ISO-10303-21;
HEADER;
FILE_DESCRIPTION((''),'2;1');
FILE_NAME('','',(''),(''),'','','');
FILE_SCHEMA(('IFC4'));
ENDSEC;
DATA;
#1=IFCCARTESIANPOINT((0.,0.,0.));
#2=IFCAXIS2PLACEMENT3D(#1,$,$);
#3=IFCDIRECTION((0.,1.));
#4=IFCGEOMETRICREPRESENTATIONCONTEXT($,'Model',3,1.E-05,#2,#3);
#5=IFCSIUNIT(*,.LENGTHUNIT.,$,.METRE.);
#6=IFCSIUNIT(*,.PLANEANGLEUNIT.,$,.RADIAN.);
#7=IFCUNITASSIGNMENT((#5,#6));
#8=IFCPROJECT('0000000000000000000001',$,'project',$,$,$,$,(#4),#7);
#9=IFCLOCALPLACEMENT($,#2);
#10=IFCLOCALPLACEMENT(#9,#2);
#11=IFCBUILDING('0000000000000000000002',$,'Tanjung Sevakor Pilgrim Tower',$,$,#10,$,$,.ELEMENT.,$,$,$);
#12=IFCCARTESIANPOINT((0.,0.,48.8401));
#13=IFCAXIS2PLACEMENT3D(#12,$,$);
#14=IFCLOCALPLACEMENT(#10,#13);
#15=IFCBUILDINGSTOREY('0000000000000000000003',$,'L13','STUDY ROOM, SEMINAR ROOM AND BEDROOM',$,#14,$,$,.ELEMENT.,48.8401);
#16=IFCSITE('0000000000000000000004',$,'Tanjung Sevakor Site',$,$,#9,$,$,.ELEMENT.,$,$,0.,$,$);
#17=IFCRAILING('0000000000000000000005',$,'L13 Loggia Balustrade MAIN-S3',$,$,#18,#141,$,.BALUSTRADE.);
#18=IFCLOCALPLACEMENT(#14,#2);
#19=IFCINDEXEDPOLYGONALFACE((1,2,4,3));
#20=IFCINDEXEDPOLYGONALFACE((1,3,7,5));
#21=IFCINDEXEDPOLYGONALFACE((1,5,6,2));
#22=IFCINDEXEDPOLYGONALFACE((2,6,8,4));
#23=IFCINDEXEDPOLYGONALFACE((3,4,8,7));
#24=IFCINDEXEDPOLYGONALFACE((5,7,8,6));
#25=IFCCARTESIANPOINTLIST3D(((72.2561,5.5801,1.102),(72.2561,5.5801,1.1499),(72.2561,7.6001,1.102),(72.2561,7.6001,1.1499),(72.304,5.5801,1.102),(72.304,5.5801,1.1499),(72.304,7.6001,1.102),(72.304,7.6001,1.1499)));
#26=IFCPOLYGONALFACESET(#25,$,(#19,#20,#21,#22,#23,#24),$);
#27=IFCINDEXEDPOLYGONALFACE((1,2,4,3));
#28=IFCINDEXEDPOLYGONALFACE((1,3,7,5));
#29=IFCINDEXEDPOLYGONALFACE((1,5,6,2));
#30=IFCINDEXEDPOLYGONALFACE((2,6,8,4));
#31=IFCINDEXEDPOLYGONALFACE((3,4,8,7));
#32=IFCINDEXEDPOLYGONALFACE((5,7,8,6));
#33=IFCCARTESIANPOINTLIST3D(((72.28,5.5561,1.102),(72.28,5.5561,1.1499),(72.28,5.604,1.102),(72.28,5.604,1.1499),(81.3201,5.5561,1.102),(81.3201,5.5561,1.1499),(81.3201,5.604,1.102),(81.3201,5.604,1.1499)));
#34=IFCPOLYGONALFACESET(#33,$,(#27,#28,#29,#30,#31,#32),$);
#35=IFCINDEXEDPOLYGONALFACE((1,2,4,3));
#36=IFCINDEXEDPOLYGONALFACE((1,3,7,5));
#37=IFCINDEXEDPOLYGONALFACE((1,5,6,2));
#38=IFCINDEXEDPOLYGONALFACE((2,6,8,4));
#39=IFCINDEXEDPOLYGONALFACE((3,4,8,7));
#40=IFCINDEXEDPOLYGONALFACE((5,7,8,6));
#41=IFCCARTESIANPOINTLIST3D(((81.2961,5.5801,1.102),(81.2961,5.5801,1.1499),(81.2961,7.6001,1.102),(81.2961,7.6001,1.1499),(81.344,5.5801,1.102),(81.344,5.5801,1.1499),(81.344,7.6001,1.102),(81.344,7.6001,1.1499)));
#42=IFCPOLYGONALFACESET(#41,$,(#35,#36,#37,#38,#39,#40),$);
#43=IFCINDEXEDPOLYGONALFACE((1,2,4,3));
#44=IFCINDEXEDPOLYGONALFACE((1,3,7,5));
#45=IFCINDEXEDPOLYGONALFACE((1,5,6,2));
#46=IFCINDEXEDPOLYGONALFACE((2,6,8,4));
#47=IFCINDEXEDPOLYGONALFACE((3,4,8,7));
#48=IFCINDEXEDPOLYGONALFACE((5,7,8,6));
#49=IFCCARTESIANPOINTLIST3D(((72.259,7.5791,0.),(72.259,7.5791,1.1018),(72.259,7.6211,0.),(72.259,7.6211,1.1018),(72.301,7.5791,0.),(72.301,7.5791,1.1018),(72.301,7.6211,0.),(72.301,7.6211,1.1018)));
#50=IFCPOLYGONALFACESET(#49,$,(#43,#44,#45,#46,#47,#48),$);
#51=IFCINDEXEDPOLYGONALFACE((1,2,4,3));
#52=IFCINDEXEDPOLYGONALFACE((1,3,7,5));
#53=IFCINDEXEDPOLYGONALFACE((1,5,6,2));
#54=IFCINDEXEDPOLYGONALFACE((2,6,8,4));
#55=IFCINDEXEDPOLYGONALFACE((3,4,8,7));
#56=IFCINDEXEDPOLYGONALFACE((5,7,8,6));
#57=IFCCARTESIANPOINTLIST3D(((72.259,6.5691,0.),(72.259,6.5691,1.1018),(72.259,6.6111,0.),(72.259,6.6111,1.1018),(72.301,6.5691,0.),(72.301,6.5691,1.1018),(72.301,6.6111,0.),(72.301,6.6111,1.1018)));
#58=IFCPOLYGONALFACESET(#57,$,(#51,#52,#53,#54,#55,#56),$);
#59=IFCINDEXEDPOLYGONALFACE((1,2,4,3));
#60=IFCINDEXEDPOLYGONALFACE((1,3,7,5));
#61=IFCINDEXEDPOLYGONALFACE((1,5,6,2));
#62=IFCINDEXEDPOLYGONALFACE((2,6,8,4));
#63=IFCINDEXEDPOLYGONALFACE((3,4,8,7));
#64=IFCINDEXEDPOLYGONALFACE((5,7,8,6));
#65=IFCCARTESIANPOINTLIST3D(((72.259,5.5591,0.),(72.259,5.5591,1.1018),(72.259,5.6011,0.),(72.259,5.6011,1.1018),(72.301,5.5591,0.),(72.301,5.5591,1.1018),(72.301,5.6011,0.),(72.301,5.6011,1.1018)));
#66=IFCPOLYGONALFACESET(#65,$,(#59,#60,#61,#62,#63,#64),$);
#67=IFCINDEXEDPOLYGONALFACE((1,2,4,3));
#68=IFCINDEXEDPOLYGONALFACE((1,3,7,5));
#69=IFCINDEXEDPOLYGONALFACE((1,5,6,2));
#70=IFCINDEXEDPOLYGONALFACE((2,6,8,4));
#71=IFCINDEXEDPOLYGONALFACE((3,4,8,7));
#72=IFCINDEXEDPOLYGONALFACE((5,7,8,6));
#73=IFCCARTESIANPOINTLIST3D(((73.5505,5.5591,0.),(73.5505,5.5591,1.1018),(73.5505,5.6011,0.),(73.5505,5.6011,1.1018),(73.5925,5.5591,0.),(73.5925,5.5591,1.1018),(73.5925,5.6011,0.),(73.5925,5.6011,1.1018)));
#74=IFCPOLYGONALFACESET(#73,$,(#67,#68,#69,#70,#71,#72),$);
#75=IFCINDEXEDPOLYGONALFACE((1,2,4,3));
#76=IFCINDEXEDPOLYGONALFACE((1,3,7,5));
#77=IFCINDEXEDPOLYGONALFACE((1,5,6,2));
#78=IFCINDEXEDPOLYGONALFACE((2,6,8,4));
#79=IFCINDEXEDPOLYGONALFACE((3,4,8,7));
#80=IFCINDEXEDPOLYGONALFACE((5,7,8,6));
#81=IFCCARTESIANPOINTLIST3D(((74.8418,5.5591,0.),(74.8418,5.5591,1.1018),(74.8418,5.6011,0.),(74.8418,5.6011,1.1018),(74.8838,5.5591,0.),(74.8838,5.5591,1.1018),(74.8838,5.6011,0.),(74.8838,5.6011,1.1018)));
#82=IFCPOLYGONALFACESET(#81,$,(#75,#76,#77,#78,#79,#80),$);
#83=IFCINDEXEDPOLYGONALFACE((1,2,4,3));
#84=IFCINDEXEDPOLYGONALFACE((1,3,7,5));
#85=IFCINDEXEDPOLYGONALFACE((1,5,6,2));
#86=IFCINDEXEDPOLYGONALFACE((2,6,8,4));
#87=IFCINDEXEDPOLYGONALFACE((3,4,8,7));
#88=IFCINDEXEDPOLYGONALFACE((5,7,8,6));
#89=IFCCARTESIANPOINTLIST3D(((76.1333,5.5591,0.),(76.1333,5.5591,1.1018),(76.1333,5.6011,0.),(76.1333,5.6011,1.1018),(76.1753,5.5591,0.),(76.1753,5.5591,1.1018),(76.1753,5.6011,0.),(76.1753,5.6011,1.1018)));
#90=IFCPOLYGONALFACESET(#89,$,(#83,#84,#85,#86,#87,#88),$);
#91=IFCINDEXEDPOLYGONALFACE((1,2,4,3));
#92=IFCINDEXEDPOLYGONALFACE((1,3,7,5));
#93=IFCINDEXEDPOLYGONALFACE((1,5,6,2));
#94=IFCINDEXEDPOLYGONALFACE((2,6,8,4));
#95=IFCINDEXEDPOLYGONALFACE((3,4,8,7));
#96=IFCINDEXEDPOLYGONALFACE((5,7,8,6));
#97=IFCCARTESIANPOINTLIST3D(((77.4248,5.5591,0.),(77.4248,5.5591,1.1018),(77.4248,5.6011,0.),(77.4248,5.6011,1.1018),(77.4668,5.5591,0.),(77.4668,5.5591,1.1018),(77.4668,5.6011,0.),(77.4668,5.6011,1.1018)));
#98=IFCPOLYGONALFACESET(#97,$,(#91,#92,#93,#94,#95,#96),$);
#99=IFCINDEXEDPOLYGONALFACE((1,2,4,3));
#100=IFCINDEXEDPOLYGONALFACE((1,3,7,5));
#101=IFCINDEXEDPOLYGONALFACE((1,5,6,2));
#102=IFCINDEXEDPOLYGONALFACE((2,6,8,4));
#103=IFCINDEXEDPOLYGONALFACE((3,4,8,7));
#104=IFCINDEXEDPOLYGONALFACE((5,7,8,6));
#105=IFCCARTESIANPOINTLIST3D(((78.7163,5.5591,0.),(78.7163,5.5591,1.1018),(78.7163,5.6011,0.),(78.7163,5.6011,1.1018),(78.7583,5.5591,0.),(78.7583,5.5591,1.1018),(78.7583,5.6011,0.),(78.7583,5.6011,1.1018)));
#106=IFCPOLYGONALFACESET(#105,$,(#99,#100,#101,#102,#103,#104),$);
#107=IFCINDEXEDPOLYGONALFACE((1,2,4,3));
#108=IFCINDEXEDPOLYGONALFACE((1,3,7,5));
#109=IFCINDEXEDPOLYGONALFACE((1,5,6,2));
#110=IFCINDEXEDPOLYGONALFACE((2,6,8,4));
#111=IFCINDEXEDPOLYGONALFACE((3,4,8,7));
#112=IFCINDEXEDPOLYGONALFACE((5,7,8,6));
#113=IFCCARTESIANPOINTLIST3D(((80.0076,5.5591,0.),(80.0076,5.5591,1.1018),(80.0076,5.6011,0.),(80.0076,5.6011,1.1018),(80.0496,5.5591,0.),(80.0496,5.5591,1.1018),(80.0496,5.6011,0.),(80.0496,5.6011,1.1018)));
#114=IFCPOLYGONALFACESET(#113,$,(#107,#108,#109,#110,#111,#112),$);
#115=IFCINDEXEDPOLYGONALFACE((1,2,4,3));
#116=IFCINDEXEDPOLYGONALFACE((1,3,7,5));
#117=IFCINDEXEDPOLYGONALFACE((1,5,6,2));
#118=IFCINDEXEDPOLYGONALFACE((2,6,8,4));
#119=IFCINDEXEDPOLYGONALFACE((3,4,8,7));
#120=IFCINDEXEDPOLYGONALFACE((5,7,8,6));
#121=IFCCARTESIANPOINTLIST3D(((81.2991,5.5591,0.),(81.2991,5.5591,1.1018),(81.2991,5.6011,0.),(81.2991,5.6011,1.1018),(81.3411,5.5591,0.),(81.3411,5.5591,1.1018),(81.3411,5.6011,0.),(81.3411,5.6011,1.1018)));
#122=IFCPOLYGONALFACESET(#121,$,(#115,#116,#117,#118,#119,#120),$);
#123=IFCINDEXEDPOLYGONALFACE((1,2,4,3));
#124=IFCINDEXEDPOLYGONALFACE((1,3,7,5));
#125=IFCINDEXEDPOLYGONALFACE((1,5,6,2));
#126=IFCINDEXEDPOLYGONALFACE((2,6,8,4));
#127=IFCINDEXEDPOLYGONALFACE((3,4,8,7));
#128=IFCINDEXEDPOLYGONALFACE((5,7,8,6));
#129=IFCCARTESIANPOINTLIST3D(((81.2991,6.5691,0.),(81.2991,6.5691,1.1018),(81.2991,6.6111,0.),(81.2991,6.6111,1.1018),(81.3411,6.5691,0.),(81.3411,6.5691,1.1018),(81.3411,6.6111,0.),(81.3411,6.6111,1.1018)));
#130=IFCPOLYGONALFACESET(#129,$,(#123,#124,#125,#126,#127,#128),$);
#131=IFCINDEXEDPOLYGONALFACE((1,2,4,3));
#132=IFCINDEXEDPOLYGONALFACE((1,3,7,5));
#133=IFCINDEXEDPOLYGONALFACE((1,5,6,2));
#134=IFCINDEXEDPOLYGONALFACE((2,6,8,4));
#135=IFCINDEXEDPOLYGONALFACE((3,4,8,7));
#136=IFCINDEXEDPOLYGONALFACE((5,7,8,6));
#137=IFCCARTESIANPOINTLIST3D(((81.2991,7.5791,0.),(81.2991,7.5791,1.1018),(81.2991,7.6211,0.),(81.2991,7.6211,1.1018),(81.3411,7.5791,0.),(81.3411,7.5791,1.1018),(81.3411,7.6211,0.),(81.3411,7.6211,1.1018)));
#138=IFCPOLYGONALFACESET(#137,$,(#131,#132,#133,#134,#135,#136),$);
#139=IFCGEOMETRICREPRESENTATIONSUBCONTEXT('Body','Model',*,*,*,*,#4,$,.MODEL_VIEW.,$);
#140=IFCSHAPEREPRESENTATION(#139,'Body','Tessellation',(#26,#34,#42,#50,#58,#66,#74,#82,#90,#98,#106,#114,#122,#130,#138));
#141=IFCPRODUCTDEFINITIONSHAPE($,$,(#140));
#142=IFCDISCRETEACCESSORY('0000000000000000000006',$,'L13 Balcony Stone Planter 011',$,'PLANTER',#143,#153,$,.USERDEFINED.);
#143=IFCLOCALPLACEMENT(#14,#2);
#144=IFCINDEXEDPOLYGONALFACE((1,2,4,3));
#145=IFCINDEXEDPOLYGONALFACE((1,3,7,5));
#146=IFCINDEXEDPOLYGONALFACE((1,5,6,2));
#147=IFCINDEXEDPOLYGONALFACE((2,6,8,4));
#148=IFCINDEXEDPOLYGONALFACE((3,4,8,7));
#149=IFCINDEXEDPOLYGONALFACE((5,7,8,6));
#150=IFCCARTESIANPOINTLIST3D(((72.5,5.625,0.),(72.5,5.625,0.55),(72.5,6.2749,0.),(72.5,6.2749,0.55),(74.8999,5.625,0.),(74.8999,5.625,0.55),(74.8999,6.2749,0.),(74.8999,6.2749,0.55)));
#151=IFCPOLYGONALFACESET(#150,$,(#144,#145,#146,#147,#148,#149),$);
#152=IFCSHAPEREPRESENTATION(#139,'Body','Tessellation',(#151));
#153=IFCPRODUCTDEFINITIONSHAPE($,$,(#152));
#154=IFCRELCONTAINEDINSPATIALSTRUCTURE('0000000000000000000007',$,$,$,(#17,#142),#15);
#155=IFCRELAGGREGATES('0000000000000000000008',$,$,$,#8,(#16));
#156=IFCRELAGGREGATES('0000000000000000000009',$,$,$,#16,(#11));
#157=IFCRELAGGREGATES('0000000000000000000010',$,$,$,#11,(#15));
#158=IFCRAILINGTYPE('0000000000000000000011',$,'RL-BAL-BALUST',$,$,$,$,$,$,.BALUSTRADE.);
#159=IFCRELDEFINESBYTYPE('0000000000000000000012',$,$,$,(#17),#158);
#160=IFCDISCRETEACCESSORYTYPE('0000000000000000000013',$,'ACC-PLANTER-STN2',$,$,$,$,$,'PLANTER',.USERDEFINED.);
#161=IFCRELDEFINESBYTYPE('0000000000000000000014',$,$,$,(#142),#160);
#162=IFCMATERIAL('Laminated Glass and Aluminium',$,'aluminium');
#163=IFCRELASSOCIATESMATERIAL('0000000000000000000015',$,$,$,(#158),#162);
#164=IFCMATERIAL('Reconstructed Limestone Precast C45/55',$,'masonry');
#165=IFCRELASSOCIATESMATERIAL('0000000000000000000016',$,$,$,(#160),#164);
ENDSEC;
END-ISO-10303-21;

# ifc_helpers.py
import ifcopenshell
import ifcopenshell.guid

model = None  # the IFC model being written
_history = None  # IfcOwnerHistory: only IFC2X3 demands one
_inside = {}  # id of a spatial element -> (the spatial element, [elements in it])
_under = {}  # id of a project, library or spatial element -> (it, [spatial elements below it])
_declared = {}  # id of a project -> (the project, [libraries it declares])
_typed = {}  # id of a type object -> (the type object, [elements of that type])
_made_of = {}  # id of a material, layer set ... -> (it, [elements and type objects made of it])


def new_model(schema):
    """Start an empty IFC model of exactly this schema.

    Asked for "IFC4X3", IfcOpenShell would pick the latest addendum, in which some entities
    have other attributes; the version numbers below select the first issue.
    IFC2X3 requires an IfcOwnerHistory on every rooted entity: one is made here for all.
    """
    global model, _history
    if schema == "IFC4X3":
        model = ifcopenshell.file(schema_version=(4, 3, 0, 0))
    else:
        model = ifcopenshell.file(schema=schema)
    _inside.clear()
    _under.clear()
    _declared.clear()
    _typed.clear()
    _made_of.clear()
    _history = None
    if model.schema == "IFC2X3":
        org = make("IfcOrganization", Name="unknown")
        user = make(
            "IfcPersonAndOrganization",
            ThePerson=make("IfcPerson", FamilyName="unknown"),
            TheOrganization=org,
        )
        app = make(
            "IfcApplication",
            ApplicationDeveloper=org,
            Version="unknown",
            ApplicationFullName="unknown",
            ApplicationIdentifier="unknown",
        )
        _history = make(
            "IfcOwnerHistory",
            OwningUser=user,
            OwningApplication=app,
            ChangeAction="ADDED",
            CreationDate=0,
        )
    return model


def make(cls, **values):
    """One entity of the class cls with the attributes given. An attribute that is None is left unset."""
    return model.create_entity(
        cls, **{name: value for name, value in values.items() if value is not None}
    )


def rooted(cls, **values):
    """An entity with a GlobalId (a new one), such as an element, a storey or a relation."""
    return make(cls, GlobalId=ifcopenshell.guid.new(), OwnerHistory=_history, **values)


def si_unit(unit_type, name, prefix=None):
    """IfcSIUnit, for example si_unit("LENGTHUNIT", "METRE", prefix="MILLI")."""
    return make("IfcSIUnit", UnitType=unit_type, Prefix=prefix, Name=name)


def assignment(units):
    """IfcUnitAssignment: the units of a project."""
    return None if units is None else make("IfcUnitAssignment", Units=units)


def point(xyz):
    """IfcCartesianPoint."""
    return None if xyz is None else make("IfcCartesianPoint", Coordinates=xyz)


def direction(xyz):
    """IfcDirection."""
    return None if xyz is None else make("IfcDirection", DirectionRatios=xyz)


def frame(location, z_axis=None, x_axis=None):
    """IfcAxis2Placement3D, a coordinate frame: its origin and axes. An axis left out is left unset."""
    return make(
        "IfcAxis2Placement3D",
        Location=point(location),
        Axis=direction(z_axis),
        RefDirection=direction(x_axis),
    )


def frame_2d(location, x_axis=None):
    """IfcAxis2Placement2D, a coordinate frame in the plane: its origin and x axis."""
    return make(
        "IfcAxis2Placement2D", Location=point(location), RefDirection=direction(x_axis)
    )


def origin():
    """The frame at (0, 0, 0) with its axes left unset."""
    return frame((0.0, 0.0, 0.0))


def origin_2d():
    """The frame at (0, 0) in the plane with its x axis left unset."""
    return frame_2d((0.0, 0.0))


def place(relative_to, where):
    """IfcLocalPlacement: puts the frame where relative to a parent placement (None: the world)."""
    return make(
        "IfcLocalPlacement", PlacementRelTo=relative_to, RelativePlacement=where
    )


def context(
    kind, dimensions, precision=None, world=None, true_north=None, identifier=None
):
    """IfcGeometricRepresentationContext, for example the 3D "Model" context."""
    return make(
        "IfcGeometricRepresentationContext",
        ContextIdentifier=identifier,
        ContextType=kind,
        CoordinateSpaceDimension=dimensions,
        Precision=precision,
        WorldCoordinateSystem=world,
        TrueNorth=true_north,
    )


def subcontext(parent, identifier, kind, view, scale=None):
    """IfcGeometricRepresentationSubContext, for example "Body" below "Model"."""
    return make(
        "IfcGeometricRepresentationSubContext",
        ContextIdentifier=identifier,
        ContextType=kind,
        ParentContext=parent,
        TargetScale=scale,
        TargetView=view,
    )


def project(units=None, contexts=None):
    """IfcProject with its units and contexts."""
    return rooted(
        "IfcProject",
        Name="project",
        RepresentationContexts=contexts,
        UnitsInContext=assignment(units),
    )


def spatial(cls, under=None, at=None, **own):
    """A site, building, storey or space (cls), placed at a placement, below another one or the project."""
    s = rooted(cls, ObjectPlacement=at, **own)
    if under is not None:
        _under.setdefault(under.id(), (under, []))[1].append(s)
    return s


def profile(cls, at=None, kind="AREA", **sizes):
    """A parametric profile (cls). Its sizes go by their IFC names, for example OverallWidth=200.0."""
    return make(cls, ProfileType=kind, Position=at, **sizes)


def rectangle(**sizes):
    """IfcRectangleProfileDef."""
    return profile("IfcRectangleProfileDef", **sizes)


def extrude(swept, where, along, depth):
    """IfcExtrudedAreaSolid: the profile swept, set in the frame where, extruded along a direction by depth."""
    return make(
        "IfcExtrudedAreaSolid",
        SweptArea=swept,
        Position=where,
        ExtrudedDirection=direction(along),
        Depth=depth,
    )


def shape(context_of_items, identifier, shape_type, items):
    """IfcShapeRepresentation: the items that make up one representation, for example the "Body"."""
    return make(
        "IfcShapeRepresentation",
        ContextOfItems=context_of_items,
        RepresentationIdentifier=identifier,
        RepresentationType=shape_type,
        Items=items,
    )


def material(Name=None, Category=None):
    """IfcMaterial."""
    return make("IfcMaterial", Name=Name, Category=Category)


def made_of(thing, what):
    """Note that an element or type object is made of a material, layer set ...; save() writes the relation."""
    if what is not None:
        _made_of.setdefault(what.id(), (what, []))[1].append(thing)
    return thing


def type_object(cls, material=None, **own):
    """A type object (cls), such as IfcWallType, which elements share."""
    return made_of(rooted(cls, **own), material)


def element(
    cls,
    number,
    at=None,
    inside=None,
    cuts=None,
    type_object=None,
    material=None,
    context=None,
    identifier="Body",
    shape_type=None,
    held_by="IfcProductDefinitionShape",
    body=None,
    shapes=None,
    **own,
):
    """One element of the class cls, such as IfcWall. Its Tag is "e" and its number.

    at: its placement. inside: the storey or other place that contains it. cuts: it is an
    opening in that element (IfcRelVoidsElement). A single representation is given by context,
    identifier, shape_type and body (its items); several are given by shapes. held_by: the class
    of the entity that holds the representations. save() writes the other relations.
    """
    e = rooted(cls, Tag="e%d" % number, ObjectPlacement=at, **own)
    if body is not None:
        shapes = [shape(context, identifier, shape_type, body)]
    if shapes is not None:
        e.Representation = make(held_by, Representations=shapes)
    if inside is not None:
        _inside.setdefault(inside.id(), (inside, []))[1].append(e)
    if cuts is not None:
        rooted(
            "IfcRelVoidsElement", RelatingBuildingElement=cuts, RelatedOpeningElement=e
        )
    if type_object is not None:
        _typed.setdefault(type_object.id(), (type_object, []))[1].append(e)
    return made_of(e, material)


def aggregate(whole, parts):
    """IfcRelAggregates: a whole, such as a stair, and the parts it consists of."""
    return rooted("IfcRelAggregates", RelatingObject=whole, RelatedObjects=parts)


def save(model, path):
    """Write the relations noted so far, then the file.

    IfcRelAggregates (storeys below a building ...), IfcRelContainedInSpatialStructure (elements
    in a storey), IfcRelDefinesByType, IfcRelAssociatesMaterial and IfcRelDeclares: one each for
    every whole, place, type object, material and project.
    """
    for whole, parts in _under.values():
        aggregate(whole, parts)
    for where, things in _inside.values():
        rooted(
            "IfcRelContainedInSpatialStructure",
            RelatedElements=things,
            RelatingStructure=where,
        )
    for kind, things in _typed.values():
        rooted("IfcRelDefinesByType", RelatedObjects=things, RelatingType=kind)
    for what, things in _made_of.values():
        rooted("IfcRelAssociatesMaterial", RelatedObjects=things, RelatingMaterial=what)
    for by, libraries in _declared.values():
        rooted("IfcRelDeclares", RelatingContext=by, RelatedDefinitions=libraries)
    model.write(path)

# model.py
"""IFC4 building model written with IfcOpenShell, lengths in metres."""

from ifc_helpers import new_model, si_unit, direction, frame, origin, origin_2d, place, context, subcontext, project, spatial, rectangle, extrude, material, type_object, element, save


model = new_model("IFC4")

# Units and contexts
model_context = context("Model", 3, precision=1e-05, world=origin(), true_north=direction((0.0, 1.0)))
body_context = subcontext(model_context, "Body", "Model", "MODEL_VIEW")
ifc_project = project(units=[si_unit("LENGTHUNIT", "METRE"), si_unit("PLANEANGLEUNIT", "RADIAN")], contexts=[model_context])

# Site, building, storey
site_placement = place(None, origin())
site = spatial("IfcSite", under=ifc_project, at=site_placement, Name="Tanjung Sevakor Site", CompositionType="ELEMENT", RefElevation=0.0)
building_placement = place(site_placement, origin())
building = spatial("IfcBuilding", under=site, at=building_placement, Name="Tanjung Sevakor Pilgrim Tower", CompositionType="ELEMENT")
storey_placement = place(building_placement, frame((0.0, 0.0, 48.8401)))
storey = spatial("IfcBuildingStorey", under=building, at=storey_placement, Name="L13", Description="STUDY ROOM, SEMINAR ROOM AND BEDROOM", CompositionType="ELEMENT", Elevation=48.8401)

# Railing
ifc_material_1 = material(Name="Laminated Glass and Aluminium", Category="aluminium")
railing_type = type_object("IfcRailingType", Name="RL-BAL-BALUST", PredefinedType="BALUSTRADE", material=ifc_material_1)
railing_placement = place(storey_placement, frame((72.28, 7.6001, 0.0)))
element("IfcRailing", 1, at=railing_placement, inside=storey, type_object=railing_type, Name="L13 Loggia Balustrade MAIN-S3", PredefinedType="BALUSTRADE", context=body_context, shape_type="SweptSolid", body=[
    extrude(rectangle(XDim=0.0479, YDim=0.0479), frame((0.0, 0.0, 1.126), z_axis=(0.0, -1.0, 0.0), x_axis=(1.0, 0.0, 0.0)), (0.0, 0.0, 1.0), 2.02),
    extrude(rectangle(XDim=0.0479, YDim=0.0479), frame((0.0, -2.02, 1.126), z_axis=(1.0, 0.0, 0.0), x_axis=(0.0, 1.0, 0.0)), (0.0, 0.0, 1.0), 9.04),
    extrude(rectangle(XDim=0.0479, YDim=0.0479), frame((9.04, -2.02, 1.126), z_axis=(0.0, 1.0, 0.0), x_axis=(-1.0, 0.0, 0.0)), (0.0, 0.0, 1.0), 2.02),
    extrude(rectangle(XDim=0.042, YDim=0.042), origin(), (0.0, 0.0, 1.0), 1.1018),
    extrude(rectangle(XDim=0.042, YDim=0.042), frame((0.0, -1.01, 0.0)), (0.0, 0.0, 1.0), 1.1018),
    extrude(rectangle(XDim=0.042, YDim=0.042), frame((0.0, -2.02, 0.0)), (0.0, 0.0, 1.0), 1.1018),
    extrude(rectangle(XDim=0.042, YDim=0.042), frame((1.2915, -2.02, 0.0)), (0.0, 0.0, 1.0), 1.1018),
    extrude(rectangle(XDim=0.042, YDim=0.042), frame((2.5828, -2.02, 0.0)), (0.0, 0.0, 1.0), 1.1018),
    extrude(rectangle(XDim=0.042, YDim=0.042), frame((3.8743, -2.02, 0.0)), (0.0, 0.0, 1.0), 1.1018),
    extrude(rectangle(XDim=0.042, YDim=0.042), frame((5.1658, -2.02, 0.0)), (0.0, 0.0, 1.0), 1.1018),
    extrude(rectangle(XDim=0.042, YDim=0.042), frame((6.4573, -2.02, 0.0)), (0.0, 0.0, 1.0), 1.1018),
    extrude(rectangle(XDim=0.042, YDim=0.042), frame((7.7485, -2.02, 0.0)), (0.0, 0.0, 1.0), 1.1018),
    extrude(rectangle(XDim=0.042, YDim=0.042), frame((9.04, -2.02, 0.0)), (0.0, 0.0, 1.0), 1.1018),
    extrude(rectangle(XDim=0.042, YDim=0.042), frame((9.04, -1.01, 0.0)), (0.0, 0.0, 1.0), 1.1018),
    extrude(rectangle(XDim=0.042, YDim=0.042), frame((9.04, 0.0, 0.0)), (0.0, 0.0, 1.0), 1.1018),
])

# Discrete accessory
ifc_material_2 = material(Name="Reconstructed Limestone Precast C45/55", Category="masonry")
discrete_accessory_type = type_object("IfcDiscreteAccessoryType", Name="ACC-PLANTER-STN2", ElementType="PLANTER", PredefinedType="USERDEFINED", material=ifc_material_2)
discrete_accessory_placement = place(storey_placement, frame((73.7, 5.95, 0.0), z_axis=(0.0, 0.0, 1.0), x_axis=(1.0, 0.0, 0.0)))
element("IfcDiscreteAccessory", 2, at=discrete_accessory_placement, inside=storey, type_object=discrete_accessory_type, Name="L13 Balcony Stone Planter 011", ObjectType="PLANTER", PredefinedType="USERDEFINED", context=body_context, shape_type="SweptSolid", body=[
    extrude(rectangle(XDim=2.3999, YDim=0.6499, at=origin_2d()), origin(), (0.0, 0.0, 1.0), 0.55),
])

save(model, "model.ifc")
